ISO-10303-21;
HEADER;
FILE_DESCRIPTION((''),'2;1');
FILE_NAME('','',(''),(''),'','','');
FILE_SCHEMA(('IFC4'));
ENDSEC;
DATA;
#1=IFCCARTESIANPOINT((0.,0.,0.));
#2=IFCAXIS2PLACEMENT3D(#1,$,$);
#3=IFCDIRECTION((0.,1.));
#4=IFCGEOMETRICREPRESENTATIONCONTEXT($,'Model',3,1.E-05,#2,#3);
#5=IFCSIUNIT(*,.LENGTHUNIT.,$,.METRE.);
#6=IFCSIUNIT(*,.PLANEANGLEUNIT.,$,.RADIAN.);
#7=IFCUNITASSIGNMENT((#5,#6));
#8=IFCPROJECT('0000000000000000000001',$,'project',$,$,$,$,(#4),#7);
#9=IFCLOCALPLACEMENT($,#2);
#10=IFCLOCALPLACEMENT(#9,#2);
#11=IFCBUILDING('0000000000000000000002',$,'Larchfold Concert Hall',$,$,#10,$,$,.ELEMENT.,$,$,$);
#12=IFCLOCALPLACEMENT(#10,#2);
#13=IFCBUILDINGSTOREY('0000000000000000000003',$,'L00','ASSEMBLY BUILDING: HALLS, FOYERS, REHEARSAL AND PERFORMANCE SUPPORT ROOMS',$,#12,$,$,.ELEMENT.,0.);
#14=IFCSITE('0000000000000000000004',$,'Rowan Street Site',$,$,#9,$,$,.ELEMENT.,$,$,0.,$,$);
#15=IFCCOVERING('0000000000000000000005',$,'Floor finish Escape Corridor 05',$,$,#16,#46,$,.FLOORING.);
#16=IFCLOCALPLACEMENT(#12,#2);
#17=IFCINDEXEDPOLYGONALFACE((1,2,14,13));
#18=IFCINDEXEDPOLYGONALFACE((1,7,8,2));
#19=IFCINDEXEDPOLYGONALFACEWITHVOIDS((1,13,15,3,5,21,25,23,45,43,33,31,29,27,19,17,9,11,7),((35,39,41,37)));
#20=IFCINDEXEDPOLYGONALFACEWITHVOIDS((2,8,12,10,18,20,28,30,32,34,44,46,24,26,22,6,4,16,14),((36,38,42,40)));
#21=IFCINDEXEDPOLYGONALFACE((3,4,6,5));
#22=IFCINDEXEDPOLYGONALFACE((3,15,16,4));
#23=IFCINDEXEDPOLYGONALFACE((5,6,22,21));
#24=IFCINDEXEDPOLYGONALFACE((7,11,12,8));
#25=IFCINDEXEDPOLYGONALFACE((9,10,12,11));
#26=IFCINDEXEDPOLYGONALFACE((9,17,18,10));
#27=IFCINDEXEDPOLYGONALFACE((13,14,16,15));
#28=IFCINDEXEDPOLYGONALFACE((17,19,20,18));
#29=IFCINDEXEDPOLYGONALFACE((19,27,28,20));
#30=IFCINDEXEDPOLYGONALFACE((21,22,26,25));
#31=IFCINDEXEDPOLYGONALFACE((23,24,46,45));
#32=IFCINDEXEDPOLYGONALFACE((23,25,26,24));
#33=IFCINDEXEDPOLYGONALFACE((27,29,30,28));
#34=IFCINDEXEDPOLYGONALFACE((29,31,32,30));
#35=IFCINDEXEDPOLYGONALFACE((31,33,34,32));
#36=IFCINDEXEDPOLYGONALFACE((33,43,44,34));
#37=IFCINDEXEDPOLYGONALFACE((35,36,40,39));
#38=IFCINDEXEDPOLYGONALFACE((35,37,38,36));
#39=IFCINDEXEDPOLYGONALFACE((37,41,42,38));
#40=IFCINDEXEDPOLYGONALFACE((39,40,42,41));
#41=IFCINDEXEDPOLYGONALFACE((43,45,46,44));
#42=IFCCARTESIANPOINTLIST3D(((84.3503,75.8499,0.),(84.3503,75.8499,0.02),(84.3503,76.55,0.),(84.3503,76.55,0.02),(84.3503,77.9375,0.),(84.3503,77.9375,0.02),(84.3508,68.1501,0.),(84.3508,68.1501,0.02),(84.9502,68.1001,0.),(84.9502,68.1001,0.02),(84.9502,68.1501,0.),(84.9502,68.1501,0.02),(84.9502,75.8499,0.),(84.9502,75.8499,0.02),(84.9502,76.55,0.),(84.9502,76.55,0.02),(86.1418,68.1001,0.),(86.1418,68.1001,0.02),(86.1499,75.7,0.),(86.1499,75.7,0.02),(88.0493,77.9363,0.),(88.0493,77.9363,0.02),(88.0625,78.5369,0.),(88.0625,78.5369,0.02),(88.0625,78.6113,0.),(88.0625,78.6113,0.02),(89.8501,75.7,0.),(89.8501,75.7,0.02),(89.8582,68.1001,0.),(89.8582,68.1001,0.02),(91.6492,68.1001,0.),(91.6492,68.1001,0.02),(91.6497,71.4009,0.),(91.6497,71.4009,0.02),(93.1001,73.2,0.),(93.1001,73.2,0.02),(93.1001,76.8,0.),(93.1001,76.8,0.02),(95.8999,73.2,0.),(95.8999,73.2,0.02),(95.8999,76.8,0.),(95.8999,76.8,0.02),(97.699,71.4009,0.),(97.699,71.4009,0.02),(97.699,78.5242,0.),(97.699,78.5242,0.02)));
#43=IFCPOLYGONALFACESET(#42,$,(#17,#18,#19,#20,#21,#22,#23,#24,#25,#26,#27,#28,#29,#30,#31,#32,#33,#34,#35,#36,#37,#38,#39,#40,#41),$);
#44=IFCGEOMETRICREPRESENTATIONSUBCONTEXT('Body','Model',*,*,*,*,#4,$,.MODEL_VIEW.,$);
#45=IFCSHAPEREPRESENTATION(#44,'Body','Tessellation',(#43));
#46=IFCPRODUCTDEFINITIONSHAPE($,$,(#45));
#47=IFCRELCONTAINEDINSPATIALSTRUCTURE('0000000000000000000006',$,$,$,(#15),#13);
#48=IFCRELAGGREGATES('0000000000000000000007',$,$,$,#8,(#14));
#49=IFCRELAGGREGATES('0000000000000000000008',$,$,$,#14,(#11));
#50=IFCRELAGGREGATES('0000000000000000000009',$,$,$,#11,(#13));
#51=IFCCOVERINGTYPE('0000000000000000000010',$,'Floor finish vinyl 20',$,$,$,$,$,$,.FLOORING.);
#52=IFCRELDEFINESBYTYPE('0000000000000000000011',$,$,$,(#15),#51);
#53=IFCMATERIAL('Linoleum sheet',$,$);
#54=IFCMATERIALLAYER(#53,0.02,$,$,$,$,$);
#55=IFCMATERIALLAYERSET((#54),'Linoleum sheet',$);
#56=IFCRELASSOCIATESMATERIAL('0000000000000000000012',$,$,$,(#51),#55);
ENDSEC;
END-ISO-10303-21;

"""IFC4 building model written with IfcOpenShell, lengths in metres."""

from ifc_helpers import new_model, si_unit, direction, origin, place, context, subcontext, project, spatial, polyline, outline, extrude, material, layer, layer_set, type_object, element, save


model = new_model("IFC4")

# Units and contexts
model_context = context("Model", 3, precision=1e-05, world=origin(), true_north=direction((0.0, 1.0)))
body_context = subcontext(model_context, "Body", "Model", "MODEL_VIEW")
ifc_project = project(units=[si_unit("LENGTHUNIT", "METRE"), si_unit("PLANEANGLEUNIT", "RADIAN")], contexts=[model_context])

# Site, building, storey
site_placement = place(None, origin())
site = spatial("IfcSite", under=ifc_project, at=site_placement, Name="Rowan Street Site", CompositionType="ELEMENT", RefElevation=0.0)
building_placement = place(site_placement, origin())
building = spatial("IfcBuilding", under=site, at=building_placement, Name="Larchfold Concert Hall", CompositionType="ELEMENT")
storey_placement = place(building_placement, origin())
storey = spatial("IfcBuildingStorey", under=building, at=storey_placement, Name="L00", Description="ASSEMBLY BUILDING: HALLS, FOYERS, REHEARSAL AND PERFORMANCE SUPPORT ROOMS", CompositionType="ELEMENT", Elevation=0.0)

# Covering
ifc_material_1 = material(Name="Linoleum sheet")
ifc_layer_1 = layer(ifc_material_1, 0.02)
ifc_layer_set_1 = layer_set([ifc_layer_1], Name="Linoleum sheet")
covering_type_1 = type_object("IfcCoveringType", Name="Floor finish vinyl 20", PredefinedType="FLOORING", material=ifc_layer_set_1)
covering_1_placement = place(storey_placement, origin())
element("IfcCovering", 1, at=covering_1_placement, inside=storey, type_object=covering_type_1, Name="Floor finish Escape Corridor 05", PredefinedType="FLOORING", context=body_context, shape_type="SweptSolid", body=[
    extrude(outline(polyline([(84.3503, 77.9375), (84.3503, 76.55), (84.9502, 76.55), (84.9502, 75.8499), (84.3503, 75.8499), (84.3508, 68.1501), (84.9502, 68.1501), (84.9502, 68.1001), (86.1418, 68.1001), (86.1499, 75.7), (89.8501, 75.7), (89.8582, 68.1001), (91.6492, 68.1001), (91.6497, 71.4009), (97.699, 71.4009), (97.699, 78.5242), (88.0625, 78.5369), (88.0625, 78.6113), (88.0493, 77.9363), (84.3503, 77.9375)]), holes=[polyline([(95.8999, 76.8), (95.8999, 73.2), (93.1001, 73.2), (93.1001, 76.8), (95.8999, 76.8)])]), origin(), (0.0, 0.0, 1.0), 0.02),
])

save(model, "model.ifc")
